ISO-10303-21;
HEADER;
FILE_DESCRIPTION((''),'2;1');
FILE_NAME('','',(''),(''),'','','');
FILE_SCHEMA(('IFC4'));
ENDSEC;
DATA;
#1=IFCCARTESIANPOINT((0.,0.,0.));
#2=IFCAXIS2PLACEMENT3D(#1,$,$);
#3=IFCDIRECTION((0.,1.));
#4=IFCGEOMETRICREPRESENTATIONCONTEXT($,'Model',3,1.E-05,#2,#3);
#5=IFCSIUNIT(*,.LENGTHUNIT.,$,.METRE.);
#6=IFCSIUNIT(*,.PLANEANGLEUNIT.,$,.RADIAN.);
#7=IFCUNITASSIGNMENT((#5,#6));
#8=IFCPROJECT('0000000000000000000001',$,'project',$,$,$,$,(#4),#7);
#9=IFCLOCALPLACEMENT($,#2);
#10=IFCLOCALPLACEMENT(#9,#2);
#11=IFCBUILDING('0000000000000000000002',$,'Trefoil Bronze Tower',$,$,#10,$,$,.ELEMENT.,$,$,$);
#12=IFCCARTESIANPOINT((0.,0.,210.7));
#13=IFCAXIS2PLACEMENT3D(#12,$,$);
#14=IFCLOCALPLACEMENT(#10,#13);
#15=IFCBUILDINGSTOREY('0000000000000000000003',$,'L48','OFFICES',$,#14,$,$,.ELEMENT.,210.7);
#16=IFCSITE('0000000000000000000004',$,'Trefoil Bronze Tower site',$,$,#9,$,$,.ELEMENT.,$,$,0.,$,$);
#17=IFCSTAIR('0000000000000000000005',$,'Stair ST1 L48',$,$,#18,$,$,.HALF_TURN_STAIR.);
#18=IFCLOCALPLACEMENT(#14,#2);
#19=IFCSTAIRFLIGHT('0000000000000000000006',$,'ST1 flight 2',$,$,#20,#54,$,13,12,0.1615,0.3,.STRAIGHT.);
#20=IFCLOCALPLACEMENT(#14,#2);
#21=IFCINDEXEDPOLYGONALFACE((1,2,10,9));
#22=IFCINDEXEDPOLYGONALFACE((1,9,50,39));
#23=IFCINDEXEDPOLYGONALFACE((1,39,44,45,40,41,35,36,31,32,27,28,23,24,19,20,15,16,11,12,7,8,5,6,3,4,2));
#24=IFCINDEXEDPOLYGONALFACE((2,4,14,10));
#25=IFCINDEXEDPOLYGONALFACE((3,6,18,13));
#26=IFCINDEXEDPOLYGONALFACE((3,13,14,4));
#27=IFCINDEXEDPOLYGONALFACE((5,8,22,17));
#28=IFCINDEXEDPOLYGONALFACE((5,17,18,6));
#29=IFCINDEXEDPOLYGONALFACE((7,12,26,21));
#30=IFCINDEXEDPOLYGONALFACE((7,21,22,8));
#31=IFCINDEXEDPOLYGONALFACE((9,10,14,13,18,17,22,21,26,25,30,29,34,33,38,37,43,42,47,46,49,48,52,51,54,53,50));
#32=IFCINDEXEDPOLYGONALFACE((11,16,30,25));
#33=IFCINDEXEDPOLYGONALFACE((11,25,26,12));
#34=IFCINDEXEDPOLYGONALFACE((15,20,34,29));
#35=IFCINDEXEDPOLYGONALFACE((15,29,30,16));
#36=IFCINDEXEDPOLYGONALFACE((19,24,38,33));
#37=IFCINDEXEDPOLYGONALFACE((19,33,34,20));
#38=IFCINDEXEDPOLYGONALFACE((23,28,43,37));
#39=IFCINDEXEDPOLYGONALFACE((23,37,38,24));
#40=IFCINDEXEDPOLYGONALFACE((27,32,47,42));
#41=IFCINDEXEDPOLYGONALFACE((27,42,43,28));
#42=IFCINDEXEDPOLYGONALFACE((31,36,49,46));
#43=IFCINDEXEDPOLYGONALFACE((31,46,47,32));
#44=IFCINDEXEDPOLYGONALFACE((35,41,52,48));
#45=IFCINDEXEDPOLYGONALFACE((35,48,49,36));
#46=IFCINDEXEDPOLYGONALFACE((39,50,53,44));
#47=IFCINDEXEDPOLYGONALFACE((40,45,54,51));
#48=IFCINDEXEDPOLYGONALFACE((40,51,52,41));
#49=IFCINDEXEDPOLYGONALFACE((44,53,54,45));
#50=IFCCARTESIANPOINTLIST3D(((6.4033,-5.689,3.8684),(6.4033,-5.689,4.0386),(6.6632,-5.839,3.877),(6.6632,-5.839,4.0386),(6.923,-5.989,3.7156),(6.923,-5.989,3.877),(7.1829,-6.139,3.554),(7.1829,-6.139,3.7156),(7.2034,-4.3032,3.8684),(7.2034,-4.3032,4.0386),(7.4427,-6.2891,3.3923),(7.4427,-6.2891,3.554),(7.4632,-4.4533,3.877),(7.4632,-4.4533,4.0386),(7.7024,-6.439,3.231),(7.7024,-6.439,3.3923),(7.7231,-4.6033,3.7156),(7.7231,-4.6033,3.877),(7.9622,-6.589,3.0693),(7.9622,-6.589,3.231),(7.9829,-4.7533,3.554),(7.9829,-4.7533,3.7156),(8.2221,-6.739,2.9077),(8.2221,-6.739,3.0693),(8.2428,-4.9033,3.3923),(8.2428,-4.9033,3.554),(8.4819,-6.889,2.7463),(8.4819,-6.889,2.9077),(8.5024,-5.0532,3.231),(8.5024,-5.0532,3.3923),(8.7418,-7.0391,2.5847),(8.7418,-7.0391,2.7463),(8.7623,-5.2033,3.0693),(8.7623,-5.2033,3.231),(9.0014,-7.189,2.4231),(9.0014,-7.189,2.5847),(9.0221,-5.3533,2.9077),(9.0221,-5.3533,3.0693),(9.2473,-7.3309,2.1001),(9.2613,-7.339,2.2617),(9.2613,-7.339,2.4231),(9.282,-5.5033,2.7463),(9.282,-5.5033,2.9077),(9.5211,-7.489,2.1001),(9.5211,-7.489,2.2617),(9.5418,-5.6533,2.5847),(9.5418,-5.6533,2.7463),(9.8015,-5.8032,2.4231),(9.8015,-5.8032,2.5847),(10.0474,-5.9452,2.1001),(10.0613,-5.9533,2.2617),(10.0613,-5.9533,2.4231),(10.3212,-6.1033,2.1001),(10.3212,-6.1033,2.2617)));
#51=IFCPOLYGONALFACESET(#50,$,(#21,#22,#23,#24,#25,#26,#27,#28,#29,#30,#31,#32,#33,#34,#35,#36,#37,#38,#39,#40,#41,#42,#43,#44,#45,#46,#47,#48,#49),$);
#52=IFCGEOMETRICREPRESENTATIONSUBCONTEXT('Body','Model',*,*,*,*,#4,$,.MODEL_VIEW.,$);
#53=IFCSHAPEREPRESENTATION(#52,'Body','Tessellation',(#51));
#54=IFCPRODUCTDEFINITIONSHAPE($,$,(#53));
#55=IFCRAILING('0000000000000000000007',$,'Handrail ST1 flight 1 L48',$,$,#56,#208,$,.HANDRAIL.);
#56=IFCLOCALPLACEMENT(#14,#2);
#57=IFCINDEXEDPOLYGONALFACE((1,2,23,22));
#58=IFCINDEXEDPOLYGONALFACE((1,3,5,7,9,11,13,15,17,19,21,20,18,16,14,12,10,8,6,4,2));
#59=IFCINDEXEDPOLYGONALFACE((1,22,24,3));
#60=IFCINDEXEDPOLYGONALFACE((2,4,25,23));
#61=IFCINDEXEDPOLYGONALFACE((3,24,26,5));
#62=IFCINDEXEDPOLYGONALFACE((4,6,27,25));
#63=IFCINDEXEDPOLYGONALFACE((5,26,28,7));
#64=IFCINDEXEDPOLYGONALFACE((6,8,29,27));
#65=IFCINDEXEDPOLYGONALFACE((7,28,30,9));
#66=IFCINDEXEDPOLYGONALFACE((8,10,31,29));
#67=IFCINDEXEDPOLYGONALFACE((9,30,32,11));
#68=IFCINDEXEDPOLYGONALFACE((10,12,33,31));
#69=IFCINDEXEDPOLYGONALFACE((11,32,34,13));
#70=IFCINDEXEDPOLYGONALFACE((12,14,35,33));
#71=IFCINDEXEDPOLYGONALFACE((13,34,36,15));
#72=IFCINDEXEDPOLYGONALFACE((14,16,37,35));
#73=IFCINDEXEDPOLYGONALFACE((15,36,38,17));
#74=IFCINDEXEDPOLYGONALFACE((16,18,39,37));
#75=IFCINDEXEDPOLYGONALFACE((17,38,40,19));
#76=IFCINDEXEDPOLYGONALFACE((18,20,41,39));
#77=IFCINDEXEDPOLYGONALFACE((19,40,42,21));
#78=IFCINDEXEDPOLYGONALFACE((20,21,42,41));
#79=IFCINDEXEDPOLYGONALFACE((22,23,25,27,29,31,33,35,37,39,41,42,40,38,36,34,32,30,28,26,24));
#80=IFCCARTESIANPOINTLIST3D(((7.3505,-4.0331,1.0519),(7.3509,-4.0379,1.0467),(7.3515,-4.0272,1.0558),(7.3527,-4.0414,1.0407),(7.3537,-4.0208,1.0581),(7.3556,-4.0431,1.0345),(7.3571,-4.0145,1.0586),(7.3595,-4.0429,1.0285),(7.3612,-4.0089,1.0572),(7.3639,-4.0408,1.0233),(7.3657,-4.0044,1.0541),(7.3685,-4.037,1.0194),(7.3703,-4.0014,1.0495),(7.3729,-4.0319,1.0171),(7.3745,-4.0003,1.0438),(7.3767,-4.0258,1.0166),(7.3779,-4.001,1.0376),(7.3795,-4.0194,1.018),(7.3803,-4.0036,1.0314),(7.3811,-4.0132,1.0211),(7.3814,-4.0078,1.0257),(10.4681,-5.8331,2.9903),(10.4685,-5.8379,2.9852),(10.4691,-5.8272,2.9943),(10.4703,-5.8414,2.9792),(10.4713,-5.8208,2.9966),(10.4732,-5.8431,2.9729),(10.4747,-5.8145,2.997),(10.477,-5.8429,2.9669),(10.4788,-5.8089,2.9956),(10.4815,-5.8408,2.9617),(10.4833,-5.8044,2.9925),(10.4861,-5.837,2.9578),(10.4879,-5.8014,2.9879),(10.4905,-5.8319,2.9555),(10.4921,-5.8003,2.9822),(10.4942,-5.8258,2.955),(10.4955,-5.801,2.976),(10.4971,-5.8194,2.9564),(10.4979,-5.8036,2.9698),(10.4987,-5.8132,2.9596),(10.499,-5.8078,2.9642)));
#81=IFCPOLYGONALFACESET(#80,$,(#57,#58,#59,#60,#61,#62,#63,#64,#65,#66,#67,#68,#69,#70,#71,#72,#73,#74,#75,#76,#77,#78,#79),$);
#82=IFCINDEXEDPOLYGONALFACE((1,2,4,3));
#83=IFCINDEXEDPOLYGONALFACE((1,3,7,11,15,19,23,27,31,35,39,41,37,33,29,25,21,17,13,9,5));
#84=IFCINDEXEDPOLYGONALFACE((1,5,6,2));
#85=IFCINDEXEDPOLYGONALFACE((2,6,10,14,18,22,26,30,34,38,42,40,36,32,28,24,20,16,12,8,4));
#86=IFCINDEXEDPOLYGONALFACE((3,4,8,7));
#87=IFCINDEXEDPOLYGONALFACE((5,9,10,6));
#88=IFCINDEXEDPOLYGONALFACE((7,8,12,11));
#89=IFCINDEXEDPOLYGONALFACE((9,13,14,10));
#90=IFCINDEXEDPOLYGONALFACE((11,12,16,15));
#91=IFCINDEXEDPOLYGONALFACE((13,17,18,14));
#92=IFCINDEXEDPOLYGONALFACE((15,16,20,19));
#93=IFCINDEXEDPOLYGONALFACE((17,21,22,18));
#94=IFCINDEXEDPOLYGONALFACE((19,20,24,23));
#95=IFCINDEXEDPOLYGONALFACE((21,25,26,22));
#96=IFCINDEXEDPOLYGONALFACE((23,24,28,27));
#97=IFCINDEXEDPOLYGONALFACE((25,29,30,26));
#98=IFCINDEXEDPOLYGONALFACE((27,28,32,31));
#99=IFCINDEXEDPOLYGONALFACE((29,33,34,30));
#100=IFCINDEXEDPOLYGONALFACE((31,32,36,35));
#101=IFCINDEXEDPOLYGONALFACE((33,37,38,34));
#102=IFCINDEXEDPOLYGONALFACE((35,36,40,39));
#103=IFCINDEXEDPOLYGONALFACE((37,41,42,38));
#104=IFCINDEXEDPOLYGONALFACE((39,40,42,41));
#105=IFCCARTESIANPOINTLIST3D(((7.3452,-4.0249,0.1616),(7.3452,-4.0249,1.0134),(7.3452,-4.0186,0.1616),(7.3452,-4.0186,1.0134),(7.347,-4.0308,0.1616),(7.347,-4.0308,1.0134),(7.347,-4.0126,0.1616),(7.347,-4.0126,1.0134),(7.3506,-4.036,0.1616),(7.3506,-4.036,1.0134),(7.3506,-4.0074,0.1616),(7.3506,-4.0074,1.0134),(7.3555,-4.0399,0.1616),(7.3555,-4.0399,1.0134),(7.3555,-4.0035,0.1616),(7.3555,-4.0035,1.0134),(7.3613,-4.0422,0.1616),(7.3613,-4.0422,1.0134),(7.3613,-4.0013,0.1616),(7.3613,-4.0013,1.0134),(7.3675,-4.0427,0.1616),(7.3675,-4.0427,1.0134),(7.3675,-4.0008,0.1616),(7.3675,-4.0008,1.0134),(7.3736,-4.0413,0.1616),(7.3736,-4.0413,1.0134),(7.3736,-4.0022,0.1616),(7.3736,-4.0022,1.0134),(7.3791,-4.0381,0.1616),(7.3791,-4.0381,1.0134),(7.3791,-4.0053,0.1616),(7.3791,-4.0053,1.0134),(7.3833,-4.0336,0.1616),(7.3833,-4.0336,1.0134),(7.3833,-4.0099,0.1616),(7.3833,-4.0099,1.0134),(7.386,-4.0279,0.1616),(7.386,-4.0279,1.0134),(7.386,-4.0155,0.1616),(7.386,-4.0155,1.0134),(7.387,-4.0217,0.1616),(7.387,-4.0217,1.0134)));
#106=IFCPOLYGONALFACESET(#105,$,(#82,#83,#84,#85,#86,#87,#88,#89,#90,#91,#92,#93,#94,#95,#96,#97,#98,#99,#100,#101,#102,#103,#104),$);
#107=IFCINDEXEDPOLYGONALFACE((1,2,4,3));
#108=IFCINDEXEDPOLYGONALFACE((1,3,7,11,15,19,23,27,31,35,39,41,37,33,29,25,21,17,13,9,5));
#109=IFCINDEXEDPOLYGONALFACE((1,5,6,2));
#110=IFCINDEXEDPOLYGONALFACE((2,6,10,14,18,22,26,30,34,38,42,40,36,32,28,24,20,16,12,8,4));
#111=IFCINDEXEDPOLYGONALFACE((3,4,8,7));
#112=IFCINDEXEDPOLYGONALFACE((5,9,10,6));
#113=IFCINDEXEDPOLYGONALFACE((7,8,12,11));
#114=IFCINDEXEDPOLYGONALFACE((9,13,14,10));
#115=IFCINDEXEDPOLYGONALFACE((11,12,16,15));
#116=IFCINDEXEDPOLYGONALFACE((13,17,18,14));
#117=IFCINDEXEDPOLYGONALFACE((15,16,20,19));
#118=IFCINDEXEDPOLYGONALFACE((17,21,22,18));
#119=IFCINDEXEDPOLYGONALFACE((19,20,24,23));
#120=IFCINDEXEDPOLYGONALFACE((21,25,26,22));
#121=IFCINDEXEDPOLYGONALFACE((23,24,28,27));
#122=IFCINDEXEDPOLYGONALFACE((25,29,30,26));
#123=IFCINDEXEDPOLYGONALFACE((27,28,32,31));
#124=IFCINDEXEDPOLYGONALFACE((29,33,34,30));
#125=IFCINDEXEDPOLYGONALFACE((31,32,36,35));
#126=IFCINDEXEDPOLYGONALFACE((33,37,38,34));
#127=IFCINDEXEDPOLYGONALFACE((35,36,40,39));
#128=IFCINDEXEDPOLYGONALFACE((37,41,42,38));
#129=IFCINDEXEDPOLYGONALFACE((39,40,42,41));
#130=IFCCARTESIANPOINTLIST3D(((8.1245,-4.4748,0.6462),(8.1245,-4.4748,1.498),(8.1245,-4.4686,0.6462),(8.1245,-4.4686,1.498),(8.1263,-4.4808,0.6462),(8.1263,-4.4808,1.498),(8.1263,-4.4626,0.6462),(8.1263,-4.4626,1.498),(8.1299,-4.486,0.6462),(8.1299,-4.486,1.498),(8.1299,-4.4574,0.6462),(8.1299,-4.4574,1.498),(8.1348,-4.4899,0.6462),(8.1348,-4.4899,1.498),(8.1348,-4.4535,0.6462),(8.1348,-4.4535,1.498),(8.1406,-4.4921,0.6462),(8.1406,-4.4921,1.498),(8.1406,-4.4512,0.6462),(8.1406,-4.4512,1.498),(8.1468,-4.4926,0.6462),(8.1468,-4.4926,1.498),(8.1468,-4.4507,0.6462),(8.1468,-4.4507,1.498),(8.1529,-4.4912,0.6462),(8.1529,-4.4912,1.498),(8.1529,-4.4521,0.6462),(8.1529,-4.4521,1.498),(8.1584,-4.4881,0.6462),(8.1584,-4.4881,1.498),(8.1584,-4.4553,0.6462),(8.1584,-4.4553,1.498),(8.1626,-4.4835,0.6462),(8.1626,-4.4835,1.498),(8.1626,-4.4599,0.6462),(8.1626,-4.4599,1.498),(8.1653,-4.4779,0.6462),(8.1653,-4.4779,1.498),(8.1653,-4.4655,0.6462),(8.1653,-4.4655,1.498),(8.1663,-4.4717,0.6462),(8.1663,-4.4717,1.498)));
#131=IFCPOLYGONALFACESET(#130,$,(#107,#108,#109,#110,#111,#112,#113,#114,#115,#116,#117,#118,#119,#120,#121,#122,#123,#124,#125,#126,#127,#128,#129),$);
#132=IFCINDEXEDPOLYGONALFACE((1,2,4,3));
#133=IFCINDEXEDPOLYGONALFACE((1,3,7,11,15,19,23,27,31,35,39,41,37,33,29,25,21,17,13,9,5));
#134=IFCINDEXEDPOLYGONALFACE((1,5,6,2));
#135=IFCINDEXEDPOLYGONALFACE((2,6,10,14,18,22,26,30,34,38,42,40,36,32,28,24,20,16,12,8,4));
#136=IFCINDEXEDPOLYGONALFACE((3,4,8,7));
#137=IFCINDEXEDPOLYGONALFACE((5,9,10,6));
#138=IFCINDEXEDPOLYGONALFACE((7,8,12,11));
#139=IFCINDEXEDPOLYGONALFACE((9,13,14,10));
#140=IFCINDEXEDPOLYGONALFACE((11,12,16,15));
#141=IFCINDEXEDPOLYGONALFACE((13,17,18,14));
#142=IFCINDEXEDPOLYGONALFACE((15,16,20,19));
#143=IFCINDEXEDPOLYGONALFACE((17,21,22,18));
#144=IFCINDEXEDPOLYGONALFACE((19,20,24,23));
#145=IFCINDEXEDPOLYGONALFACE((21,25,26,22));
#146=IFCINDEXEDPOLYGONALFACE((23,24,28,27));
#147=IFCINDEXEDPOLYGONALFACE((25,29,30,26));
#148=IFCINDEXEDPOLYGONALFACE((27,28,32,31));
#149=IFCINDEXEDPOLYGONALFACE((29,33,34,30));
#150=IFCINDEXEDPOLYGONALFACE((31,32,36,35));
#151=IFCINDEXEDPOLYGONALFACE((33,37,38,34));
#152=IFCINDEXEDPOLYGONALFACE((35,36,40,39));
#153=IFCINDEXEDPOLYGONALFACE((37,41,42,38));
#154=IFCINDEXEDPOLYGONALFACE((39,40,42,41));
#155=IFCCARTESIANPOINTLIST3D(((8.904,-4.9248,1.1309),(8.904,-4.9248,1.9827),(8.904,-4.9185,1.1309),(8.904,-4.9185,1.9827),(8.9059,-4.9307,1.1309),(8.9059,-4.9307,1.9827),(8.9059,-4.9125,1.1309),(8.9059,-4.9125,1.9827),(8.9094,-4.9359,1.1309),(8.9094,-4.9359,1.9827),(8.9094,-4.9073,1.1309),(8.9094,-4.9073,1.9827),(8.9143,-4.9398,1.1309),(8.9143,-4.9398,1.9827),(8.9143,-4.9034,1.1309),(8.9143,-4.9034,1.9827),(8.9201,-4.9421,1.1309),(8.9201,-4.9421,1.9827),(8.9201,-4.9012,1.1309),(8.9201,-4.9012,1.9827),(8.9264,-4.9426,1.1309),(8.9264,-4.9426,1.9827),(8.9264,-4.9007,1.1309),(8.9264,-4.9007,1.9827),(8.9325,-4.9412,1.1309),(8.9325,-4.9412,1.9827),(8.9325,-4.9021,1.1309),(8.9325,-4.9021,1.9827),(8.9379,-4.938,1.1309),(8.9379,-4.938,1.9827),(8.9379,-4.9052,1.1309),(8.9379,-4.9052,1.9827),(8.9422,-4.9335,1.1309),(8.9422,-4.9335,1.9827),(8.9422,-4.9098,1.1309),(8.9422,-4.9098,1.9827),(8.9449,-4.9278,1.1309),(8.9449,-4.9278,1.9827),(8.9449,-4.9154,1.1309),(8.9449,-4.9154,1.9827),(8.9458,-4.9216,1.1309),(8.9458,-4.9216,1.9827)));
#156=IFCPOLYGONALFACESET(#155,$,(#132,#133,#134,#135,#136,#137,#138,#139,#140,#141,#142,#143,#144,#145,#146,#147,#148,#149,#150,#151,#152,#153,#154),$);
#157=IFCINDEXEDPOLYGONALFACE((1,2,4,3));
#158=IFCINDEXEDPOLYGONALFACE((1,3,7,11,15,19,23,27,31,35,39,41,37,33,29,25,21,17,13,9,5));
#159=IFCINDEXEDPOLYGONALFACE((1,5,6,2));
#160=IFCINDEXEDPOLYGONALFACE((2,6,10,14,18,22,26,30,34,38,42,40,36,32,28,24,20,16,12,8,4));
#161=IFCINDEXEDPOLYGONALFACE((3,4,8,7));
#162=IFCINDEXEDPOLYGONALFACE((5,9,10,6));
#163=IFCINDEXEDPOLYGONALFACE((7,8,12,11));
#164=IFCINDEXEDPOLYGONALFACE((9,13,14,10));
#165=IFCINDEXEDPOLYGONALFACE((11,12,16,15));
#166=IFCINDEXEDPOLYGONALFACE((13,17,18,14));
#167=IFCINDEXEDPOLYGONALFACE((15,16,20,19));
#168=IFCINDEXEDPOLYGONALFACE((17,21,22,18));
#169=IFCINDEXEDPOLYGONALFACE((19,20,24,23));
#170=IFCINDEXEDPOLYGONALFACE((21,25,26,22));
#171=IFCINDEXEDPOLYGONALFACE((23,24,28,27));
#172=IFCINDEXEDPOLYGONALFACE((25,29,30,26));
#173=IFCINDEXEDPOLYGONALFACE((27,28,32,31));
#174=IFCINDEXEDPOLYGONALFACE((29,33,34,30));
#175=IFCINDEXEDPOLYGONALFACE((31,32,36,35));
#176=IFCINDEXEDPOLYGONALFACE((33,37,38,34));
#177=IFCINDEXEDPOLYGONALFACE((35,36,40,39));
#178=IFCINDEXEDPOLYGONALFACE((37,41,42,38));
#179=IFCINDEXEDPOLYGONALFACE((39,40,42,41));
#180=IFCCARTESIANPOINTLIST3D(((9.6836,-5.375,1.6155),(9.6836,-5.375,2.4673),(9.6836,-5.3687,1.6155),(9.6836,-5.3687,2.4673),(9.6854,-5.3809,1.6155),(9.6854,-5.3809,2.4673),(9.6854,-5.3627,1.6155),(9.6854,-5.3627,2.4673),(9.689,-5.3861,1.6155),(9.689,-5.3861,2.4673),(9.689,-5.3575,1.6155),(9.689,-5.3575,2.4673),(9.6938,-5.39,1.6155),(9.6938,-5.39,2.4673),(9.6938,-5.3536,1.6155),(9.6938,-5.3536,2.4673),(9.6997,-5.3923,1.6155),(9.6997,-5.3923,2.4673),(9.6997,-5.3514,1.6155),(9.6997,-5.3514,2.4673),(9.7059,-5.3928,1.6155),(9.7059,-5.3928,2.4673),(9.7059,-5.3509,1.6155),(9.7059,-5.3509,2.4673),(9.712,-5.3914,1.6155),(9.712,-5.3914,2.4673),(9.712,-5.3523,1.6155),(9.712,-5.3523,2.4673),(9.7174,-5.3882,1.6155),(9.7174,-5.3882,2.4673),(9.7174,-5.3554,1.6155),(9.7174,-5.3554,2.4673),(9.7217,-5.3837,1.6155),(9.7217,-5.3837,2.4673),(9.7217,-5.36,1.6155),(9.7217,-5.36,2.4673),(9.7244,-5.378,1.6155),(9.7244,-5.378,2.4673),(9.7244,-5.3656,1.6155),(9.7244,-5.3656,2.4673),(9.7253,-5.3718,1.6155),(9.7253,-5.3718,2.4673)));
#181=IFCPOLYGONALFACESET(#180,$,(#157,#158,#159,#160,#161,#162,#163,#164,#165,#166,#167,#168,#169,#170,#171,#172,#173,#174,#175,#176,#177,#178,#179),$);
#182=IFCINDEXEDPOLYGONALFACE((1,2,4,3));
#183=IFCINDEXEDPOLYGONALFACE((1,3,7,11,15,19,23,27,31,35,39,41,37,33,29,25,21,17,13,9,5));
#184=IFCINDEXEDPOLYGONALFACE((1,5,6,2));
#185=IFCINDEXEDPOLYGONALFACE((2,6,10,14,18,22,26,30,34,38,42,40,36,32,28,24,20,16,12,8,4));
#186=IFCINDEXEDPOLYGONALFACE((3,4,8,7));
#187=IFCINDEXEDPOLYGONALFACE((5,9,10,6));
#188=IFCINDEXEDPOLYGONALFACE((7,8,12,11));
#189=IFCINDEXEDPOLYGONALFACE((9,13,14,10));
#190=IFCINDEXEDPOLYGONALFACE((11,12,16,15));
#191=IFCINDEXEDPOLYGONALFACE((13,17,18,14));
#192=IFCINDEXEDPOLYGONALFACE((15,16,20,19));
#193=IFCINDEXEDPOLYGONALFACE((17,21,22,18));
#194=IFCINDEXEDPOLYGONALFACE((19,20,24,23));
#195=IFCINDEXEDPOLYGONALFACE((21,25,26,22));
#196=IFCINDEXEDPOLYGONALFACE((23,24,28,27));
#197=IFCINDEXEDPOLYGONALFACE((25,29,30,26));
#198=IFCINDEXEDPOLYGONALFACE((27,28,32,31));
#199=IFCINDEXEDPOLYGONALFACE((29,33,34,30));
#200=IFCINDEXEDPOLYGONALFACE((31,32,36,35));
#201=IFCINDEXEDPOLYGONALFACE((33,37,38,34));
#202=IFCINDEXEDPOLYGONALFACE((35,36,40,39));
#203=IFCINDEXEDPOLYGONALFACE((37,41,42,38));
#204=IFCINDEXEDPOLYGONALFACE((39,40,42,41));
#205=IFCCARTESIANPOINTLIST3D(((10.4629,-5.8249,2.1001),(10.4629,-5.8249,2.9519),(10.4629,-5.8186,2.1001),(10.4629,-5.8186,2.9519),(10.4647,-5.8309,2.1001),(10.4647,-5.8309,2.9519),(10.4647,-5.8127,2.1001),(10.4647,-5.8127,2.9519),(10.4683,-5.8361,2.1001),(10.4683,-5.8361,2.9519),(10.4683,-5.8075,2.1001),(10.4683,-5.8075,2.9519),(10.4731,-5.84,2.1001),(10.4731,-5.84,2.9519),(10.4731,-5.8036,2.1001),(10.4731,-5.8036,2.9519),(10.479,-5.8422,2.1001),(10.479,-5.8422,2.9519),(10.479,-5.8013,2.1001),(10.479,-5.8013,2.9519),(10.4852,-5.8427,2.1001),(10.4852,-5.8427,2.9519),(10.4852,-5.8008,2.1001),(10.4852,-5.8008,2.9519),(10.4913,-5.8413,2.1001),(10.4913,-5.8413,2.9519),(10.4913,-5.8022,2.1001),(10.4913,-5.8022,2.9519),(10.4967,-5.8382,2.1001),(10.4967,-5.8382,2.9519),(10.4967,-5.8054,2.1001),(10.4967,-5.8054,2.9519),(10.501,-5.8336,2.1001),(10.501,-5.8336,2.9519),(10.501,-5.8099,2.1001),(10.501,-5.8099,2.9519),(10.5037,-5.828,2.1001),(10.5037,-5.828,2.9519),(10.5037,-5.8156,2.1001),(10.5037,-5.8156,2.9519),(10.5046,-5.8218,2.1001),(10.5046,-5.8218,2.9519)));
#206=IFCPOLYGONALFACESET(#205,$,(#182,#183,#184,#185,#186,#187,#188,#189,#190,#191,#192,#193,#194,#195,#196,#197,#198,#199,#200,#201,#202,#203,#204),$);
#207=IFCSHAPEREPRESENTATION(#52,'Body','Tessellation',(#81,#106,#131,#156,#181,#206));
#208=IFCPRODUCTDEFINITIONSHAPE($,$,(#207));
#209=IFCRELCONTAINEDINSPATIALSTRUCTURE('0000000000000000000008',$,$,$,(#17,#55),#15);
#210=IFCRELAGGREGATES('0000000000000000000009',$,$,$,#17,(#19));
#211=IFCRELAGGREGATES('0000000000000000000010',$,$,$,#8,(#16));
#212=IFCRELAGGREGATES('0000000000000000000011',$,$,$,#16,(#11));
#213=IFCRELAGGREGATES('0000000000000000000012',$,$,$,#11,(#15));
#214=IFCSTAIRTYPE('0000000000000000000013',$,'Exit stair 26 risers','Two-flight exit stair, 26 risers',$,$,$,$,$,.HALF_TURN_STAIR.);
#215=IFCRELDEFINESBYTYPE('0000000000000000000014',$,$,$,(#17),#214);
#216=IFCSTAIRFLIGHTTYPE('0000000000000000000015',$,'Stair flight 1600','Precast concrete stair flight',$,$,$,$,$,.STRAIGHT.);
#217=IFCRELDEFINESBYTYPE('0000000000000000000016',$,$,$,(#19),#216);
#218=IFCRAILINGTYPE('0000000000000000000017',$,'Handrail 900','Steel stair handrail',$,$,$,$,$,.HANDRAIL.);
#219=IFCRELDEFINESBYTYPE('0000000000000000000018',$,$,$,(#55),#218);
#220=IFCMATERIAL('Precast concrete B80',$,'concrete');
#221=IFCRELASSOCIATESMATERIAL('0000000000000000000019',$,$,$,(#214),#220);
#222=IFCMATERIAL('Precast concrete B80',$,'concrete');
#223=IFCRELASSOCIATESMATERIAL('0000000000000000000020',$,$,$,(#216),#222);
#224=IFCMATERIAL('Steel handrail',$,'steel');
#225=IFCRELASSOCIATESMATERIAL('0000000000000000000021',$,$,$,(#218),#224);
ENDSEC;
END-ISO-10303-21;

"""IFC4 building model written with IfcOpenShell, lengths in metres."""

from ifc_helpers import new_model, si_unit, direction, frame, origin, origin_2d, place, context, subcontext, project, spatial, polyline, circle, outline, extrude, material, type_object, element, aggregate, save


model = new_model("IFC4")

# Units and contexts
model_context = context("Model", 3, precision=1e-05, world=origin(), true_north=direction((0.0, 1.0)))
body_context = subcontext(model_context, "Body", "Model", "MODEL_VIEW")
ifc_project = project(units=[si_unit("LENGTHUNIT", "METRE"), si_unit("PLANEANGLEUNIT", "RADIAN")], contexts=[model_context])

# Site, building, storey
site_placement = place(None, origin())
site = spatial("IfcSite", under=ifc_project, at=site_placement, Name="Trefoil Bronze Tower site", CompositionType="ELEMENT", RefElevation=0.0)
building_placement = place(site_placement, origin())
building = spatial("IfcBuilding", under=site, at=building_placement, Name="Trefoil Bronze Tower", CompositionType="ELEMENT")
storey_placement = place(building_placement, frame((0.0, 0.0, 210.7)))
storey = spatial("IfcBuildingStorey", under=building, at=storey_placement, Name="L48", Description="OFFICES", CompositionType="ELEMENT", Elevation=210.7)

# Stair
ifc_material_1 = material(Name="Precast concrete B80", Category="concrete")
stair_type = type_object("IfcStairType", Name="Exit stair 26 risers", Description="Two-flight exit stair, 26 risers", PredefinedType="HALF_TURN_STAIR", material=ifc_material_1)
stair_1_placement = place(storey_placement, origin())
stair_1 = element("IfcStair", 1, at=stair_1_placement, inside=storey, type_object=stair_type, Name="Stair ST1 L48", PredefinedType="HALF_TURN_STAIR")

# Stair flight
ifc_material_2 = material(Name="Precast concrete B80", Category="concrete")
stair_flight_type = type_object("IfcStairFlightType", Name="Stair flight 1600", Description="Precast concrete stair flight", PredefinedType="STRAIGHT", material=ifc_material_2)
stair_flight_1_placement = place(storey_placement, frame((9.9211, -6.7961, 2.1001), z_axis=(0.0, 0.0, 1.0), x_axis=(-0.866025, 0.5, 0.0)))
stair_flight_1 = element("IfcStairFlight", 2, at=stair_flight_1_placement, type_object=stair_flight_type, Name="ST1 flight 2", NumberOfRisers=13, NumberOfTreads=12, PredefinedType="STRAIGHT", RiserHeight=0.1615, TreadLength=0.3, context=body_context, shape_type="SweptSolid", body=[
    extrude(outline(polyline([(0.0, 0.0), (0.0, 0.1616), (0.3, 0.1616), (0.3, 0.323), (0.6001, 0.323), (0.6001, 0.4846), (0.8999, 0.4846), (0.8999, 0.6462), (1.2, 0.6462), (1.2, 0.8076), (1.5, 0.8076), (1.5, 0.9692), (1.8, 0.9692), (1.8, 1.1309), (2.1001, 1.1309), (2.1001, 1.2922), (2.3999, 1.2922), (2.3999, 1.4539), (2.7, 1.4539), (2.7, 1.6155), (3.0, 1.6155), (3.0, 1.7769), (3.3, 1.7769), (3.3, 1.9385), (3.6001, 1.9385), (3.6001, 2.1001), (3.6001, 1.7683), (0.3162, 0.0), (0.0, 0.0)])), frame((0.0, 0.8, 0.0), z_axis=(0.0, -1.0, 0.0), x_axis=(1.0, 0.0, 0.0)), (0.0, 0.0, 1.0), 1.6001),
])
aggregate(stair_1, [stair_flight_1])

# Railing
ifc_material_3 = material(Name="Steel handrail", Category="steel")
railing_type = type_object("IfcRailingType", Name="Handrail 900", Description="Steel stair handrail", PredefinedType="HANDRAIL", material=ifc_material_3)
railing_1_placement = place(storey_placement, frame((7.366, -4.0217, 0.1616)))
element("IfcRailing", 3, at=railing_1_placement, inside=storey, type_object=railing_type, Name="Handrail ST1 flight 1 L48", PredefinedType="HANDRAIL", context=body_context, shape_type="SweptSolid", body=[
    extrude(circle(Radius=0.0239, at=origin_2d()), frame((0.0, 0.0, 0.876), z_axis=(0.762503, -0.440246, 0.474102), x_axis=(0.500012, 0.866018, 0.0)), (0.0, 0.0, 1.0), 4.0886),
    extrude(circle(Radius=0.021, at=origin_2d()), origin(), (0.0, 0.0, 1.0), 0.8518),
    extrude(circle(Radius=0.021, at=origin_2d()), frame((0.7793, -0.45, 0.4846)), (0.0, 0.0, 1.0), 0.8518),
    extrude(circle(Radius=0.021, at=origin_2d()), frame((1.5588, -0.8999, 0.9692)), (0.0, 0.0, 1.0), 0.8518),
    extrude(circle(Radius=0.021, at=origin_2d()), frame((2.3384, -1.3501, 1.4539)), (0.0, 0.0, 1.0), 0.8518),
    extrude(circle(Radius=0.021, at=origin_2d()), frame((3.1177, -1.8, 1.9385)), (0.0, 0.0, 1.0), 0.8518),
])

save(model, "model.ifc")
